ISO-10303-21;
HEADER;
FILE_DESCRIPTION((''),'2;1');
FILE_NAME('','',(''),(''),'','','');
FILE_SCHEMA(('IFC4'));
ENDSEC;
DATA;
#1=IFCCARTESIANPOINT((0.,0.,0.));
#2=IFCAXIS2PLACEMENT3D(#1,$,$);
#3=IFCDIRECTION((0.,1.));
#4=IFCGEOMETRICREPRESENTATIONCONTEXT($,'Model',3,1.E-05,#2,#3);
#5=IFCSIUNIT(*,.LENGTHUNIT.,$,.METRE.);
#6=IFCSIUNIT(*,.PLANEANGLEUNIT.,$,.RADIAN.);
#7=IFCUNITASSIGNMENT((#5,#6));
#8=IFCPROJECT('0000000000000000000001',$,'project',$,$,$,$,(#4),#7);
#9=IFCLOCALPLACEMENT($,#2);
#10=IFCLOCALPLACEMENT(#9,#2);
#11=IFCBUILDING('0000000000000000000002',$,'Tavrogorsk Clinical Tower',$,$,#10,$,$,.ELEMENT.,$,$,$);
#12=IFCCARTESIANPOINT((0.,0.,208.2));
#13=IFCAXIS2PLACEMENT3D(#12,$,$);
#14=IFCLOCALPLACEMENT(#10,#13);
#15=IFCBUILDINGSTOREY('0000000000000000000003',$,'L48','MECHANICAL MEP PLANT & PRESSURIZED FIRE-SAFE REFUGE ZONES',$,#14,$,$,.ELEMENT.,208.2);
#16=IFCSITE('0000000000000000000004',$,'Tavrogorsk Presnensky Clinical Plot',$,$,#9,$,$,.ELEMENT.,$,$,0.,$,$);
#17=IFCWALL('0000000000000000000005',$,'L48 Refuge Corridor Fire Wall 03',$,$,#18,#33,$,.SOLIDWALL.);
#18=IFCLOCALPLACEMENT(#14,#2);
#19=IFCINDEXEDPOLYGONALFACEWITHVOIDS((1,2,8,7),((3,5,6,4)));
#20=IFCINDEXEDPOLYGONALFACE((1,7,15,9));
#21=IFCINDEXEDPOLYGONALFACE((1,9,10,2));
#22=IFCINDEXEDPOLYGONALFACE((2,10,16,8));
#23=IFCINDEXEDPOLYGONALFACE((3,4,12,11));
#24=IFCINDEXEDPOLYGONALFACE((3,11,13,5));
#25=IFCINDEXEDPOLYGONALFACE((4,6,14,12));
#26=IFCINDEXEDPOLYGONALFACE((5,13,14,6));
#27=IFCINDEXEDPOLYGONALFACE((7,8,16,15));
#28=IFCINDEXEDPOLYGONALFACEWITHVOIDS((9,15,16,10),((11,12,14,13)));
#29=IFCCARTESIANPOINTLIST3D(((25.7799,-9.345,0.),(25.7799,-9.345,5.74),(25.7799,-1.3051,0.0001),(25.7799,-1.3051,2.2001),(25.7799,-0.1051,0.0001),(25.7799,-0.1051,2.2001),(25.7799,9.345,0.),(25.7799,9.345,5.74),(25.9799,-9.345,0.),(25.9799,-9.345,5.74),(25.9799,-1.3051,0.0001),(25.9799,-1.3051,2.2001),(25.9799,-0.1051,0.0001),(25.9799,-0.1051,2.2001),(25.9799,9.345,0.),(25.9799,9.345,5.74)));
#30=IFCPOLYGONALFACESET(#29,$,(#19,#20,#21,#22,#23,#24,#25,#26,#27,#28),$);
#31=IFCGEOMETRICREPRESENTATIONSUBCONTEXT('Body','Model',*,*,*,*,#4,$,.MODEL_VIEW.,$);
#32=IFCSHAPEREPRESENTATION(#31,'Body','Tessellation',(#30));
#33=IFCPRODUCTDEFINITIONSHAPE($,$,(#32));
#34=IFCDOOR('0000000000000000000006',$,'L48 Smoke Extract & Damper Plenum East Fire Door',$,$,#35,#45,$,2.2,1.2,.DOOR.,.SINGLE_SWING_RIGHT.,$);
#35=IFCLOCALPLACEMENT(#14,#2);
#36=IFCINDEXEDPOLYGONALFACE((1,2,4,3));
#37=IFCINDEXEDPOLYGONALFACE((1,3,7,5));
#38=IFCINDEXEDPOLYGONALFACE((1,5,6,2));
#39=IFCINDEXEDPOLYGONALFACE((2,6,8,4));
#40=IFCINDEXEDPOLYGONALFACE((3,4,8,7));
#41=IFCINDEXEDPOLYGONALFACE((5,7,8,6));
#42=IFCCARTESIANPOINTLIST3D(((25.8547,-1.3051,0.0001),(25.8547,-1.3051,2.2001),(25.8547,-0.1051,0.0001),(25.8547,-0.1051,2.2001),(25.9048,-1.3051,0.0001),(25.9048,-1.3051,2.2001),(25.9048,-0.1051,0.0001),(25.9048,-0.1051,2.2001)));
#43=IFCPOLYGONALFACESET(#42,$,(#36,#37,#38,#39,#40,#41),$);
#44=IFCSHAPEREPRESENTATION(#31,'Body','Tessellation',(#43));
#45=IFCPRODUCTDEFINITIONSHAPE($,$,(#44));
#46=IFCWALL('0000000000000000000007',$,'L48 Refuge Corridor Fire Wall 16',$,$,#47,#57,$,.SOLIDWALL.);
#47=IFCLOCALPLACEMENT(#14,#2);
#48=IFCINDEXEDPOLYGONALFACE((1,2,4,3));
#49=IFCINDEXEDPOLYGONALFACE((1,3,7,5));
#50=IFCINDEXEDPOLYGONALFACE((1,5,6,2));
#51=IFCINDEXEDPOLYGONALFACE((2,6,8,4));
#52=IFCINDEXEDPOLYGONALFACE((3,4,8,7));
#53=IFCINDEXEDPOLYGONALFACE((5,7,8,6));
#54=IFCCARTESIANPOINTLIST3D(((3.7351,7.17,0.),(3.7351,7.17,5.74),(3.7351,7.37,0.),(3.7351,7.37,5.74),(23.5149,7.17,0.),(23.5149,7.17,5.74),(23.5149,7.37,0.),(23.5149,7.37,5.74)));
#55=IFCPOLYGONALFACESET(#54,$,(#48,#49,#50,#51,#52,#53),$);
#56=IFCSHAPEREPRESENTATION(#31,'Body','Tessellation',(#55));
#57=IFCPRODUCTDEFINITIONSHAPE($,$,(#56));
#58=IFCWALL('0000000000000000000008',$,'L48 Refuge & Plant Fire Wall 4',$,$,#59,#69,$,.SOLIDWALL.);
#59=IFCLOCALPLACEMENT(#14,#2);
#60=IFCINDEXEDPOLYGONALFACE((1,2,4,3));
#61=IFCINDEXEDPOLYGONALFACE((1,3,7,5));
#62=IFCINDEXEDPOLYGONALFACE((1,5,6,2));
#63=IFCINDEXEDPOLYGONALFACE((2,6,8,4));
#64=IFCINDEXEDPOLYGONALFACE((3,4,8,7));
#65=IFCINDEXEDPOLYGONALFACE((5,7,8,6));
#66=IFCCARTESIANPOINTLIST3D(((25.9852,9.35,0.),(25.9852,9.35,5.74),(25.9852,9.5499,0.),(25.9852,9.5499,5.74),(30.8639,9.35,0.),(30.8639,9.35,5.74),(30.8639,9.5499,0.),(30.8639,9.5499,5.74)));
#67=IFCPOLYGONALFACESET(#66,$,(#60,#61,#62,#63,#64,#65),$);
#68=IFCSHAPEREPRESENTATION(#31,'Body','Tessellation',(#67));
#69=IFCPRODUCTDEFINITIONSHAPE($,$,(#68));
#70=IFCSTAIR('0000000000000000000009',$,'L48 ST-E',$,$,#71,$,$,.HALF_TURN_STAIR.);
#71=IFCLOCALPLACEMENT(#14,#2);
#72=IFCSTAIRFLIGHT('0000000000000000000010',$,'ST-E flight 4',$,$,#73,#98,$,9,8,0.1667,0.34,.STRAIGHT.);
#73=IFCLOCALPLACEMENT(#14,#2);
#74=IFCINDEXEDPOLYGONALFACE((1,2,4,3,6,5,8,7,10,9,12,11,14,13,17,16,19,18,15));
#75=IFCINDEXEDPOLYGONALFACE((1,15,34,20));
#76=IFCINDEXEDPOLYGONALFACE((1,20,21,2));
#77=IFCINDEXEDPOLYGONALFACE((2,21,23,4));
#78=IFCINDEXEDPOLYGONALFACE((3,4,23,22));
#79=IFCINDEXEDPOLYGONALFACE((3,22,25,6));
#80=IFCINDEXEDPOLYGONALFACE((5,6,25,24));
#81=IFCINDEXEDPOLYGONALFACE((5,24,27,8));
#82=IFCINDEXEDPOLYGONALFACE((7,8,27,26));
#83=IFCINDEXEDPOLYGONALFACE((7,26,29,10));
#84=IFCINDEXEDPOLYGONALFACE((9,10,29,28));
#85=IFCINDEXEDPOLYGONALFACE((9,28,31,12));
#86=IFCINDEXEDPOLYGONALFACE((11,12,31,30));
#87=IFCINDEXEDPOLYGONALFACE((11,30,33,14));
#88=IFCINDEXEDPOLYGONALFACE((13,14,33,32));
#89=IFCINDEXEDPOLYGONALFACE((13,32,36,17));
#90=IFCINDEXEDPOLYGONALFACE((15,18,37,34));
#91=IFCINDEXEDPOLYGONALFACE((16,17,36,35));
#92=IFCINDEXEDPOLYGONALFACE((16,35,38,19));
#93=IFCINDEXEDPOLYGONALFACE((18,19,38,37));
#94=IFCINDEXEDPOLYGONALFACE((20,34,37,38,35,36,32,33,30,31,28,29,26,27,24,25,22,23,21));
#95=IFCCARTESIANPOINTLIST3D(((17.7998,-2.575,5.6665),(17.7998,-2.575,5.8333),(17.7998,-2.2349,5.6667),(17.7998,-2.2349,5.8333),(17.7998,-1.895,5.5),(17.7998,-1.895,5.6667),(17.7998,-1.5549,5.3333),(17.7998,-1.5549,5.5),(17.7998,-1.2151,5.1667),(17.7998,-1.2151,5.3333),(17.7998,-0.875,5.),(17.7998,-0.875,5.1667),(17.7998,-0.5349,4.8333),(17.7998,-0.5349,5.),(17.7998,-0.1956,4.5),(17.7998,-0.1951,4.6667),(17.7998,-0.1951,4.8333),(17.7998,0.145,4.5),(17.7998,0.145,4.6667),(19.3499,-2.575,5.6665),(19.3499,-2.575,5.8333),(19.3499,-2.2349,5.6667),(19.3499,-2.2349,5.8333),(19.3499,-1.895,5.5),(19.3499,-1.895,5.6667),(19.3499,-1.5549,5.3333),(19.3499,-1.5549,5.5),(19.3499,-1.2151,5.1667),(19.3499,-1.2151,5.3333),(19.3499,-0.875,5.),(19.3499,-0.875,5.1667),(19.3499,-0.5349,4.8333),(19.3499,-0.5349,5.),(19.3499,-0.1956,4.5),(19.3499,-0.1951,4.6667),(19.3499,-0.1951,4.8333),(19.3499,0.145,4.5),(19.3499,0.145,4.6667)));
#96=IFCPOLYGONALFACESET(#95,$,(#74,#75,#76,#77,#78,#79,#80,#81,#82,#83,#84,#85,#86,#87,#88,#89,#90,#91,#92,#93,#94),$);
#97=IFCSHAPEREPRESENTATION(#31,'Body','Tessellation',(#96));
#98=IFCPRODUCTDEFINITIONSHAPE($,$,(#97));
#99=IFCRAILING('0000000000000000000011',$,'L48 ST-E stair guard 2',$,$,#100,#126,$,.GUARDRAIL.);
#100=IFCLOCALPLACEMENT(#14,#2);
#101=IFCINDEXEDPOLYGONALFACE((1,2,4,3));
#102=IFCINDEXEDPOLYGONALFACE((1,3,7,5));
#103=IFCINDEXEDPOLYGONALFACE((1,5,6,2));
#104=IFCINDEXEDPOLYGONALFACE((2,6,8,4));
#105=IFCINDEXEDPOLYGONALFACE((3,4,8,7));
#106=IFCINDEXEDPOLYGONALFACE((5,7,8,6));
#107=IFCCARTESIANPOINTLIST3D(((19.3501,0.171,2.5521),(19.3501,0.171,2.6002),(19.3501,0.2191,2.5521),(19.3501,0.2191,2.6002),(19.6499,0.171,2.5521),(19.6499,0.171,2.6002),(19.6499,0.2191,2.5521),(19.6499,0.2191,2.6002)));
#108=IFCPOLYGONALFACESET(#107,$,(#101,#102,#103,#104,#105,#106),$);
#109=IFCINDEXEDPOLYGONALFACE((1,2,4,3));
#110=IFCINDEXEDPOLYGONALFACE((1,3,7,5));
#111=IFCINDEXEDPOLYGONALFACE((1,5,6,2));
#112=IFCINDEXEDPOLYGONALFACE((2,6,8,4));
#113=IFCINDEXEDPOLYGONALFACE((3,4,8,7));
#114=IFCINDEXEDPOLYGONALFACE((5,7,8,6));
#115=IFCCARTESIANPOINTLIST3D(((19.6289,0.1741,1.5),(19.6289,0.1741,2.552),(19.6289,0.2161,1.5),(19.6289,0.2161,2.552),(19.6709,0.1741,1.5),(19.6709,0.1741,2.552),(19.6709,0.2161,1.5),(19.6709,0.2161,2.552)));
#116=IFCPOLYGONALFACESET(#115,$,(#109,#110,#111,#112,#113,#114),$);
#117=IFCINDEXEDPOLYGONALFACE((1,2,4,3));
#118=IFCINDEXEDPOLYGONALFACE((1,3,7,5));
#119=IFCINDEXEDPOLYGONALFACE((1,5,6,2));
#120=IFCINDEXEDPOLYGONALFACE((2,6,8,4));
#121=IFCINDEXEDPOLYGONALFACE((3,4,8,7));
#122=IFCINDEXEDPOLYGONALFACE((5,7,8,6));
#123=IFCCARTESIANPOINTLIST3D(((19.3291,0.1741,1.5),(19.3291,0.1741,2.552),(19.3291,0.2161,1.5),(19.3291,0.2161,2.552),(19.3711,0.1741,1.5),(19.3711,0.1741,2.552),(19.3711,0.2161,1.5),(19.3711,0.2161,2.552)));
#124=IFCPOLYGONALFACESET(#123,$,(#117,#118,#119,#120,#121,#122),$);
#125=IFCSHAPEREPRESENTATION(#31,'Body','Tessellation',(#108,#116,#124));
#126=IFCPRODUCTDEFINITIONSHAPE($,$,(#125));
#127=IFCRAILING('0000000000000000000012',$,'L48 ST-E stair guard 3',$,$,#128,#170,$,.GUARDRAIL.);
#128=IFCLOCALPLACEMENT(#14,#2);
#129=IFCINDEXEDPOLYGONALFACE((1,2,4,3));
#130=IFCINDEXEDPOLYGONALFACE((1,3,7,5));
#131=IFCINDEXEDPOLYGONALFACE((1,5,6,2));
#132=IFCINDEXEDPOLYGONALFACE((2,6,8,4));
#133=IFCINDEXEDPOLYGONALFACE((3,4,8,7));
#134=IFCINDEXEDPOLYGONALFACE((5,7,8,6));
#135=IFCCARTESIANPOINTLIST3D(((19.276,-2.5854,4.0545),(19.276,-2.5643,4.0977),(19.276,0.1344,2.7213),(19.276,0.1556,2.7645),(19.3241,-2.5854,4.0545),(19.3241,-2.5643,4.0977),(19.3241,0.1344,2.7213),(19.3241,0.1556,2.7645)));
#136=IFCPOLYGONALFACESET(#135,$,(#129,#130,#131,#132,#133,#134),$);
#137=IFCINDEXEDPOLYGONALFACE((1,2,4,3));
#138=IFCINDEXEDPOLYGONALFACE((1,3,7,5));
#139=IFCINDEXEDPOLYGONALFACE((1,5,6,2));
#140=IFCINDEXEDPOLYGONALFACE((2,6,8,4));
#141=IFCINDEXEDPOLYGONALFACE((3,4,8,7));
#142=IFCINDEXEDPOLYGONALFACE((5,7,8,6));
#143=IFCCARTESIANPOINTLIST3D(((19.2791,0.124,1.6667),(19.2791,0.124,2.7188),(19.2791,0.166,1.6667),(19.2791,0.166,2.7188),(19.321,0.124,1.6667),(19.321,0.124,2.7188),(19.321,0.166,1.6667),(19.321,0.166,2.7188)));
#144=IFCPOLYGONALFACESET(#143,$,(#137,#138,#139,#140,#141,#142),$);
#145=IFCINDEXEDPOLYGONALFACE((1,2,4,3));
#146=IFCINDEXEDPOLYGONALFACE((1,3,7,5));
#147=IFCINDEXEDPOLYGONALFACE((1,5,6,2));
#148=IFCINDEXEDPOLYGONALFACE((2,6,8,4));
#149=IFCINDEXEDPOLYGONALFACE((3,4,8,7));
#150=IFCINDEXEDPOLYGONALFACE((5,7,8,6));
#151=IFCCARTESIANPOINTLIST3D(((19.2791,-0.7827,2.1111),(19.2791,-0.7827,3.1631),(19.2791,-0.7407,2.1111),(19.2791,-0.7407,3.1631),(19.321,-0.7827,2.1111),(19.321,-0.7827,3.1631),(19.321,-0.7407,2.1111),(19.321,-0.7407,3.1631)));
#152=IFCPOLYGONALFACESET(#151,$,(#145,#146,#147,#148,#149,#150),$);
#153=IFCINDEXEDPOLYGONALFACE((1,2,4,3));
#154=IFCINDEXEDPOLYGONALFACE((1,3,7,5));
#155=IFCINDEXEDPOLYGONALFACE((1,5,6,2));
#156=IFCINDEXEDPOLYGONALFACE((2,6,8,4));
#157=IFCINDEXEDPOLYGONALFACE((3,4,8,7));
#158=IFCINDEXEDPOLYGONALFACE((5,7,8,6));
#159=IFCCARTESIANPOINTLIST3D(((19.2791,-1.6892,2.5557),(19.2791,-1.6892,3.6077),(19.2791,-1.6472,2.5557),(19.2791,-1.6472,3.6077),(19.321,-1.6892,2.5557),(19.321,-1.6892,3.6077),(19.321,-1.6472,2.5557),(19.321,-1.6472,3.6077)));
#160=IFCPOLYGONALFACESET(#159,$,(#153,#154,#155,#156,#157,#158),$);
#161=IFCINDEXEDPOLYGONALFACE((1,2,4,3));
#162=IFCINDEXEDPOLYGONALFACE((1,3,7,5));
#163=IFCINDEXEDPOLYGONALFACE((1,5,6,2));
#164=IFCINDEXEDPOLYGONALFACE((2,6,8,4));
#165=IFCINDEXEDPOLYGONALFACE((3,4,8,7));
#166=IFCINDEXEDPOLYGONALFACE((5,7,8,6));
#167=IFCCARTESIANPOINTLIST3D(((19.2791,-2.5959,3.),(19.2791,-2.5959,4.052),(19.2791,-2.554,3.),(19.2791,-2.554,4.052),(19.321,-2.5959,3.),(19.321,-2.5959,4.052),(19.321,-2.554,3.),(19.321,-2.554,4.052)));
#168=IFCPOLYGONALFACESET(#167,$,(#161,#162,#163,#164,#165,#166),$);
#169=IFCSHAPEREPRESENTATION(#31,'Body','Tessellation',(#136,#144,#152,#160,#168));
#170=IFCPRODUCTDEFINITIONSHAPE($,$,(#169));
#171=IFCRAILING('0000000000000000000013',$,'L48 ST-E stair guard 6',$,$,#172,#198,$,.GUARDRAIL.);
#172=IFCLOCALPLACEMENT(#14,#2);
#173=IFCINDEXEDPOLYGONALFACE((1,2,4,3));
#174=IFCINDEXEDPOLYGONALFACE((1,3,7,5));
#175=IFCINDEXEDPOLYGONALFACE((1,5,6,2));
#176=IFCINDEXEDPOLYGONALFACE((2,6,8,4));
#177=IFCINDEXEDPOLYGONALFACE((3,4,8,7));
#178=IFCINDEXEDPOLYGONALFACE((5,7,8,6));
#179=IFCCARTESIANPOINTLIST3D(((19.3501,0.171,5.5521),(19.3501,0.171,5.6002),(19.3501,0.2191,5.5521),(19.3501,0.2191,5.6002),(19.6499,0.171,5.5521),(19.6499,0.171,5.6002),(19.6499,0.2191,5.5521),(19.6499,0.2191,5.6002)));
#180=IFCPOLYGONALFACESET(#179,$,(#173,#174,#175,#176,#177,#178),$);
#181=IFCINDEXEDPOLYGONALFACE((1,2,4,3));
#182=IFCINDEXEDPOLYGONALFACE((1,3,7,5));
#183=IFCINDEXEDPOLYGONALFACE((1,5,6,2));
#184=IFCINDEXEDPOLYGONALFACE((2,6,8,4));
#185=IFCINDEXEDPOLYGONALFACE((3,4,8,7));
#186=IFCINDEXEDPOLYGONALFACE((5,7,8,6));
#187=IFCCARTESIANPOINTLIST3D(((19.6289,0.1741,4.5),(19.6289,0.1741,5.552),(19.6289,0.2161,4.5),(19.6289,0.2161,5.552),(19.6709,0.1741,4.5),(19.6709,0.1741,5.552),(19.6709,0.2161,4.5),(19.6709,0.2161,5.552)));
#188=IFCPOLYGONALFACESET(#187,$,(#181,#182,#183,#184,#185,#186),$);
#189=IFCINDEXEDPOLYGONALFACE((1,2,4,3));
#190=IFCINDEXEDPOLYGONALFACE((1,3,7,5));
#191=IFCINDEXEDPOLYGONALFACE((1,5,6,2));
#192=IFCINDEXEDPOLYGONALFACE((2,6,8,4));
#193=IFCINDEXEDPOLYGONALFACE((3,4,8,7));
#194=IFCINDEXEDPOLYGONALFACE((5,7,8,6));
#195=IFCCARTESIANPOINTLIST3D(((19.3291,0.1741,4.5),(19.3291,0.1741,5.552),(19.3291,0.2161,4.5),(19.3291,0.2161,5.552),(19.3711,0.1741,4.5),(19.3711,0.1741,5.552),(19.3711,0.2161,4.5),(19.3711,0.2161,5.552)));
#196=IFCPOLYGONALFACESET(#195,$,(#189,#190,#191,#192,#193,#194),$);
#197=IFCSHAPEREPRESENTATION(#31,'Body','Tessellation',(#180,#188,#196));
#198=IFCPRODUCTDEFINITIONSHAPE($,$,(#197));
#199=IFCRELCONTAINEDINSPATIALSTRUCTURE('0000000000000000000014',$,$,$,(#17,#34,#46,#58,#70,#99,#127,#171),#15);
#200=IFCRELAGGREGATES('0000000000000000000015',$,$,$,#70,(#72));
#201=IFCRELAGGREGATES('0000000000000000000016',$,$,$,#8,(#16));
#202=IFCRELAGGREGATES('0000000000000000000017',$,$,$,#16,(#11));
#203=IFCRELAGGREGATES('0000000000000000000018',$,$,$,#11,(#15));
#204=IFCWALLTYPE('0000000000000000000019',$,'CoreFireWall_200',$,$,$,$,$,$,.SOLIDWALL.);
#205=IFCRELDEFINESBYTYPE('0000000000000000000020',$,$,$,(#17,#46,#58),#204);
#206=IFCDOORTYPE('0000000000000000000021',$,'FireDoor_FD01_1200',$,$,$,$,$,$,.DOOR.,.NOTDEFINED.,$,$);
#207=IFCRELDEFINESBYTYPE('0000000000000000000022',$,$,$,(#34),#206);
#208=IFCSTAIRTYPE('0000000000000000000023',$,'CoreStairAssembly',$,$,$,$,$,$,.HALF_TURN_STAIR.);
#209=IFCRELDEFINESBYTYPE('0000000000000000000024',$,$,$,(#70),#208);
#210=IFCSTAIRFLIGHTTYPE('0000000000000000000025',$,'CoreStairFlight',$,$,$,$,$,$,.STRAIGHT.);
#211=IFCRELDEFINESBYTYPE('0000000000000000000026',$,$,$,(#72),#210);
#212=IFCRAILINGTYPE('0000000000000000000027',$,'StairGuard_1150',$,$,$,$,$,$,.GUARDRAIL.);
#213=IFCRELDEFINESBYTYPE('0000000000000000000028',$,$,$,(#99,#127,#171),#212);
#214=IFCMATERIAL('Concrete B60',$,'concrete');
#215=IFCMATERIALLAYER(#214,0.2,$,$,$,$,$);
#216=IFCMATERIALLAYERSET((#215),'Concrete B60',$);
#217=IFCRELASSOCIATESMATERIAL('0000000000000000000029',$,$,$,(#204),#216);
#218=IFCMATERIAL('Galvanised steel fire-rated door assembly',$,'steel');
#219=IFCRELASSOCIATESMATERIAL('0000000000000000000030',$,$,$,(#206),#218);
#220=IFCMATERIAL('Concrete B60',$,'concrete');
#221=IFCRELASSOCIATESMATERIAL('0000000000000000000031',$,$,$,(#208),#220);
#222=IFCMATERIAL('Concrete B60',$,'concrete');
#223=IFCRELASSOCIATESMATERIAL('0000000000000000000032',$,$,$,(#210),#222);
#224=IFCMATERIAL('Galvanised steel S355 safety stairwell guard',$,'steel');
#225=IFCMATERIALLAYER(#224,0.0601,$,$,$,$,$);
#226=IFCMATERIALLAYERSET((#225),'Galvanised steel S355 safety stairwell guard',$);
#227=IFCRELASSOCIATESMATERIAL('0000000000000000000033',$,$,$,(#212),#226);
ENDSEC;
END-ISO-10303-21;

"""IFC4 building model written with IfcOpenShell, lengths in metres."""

from ifc_helpers import new_model, si_unit, direction, frame, frame_2d, origin, origin_2d, place, context, subcontext, project, spatial, polyline, rectangle, outline, extrude, material, layer, layer_set, type_object, element, fill, aggregate, save


model = new_model("IFC4")

# Units and contexts
model_context = context("Model", 3, precision=1e-05, world=origin(), true_north=direction((0.0, 1.0)))
body_context = subcontext(model_context, "Body", "Model", "MODEL_VIEW")
ifc_project = project(units=[si_unit("LENGTHUNIT", "METRE"), si_unit("PLANEANGLEUNIT", "RADIAN")], contexts=[model_context])

# Site, building, storey
site_placement = place(None, origin())
site = spatial("IfcSite", under=ifc_project, at=site_placement, Name="Tavrogorsk Presnensky Clinical Plot", CompositionType="ELEMENT", RefElevation=0.0)
building_placement = place(site_placement, origin())
building = spatial("IfcBuilding", under=site, at=building_placement, Name="Tavrogorsk Clinical Tower", CompositionType="ELEMENT")
storey_placement = place(building_placement, frame((0.0, 0.0, 208.2)))
storey = spatial("IfcBuildingStorey", under=building, at=storey_placement, Name="L48", Description="MECHANICAL MEP PLANT & PRESSURIZED FIRE-SAFE REFUGE ZONES", CompositionType="ELEMENT", Elevation=208.2)

# Wall, opening, door
ifc_material_1 = material(Name="Concrete B60", Category="concrete")
ifc_layer_1 = layer(ifc_material_1, 0.2)
ifc_layer_set_1 = layer_set([ifc_layer_1], Name="Concrete B60")
wall_type = type_object("IfcWallType", Name="CoreFireWall_200", PredefinedType="SOLIDWALL", material=ifc_layer_set_1)
wall_1_placement = place(storey_placement, frame((25.8799, 9.345, 0.0), z_axis=(0.0, 0.0, 1.0), x_axis=(0.0, -1.0, 0.0)))
wall_1 = element("IfcWall", 1, at=wall_1_placement, inside=storey, type_object=wall_type, Name="L48 Refuge Corridor Fire Wall 03", PredefinedType="SOLIDWALL", context=body_context, shape_type="SweptSolid", body=[
    extrude(rectangle(XDim=18.6899, YDim=0.2, at=frame_2d((9.345, 0.0))), origin(), (0.0, 0.0, 1.0), 5.74),
])
opening_placement = place(wall_1_placement, frame((9.45, 0.0, 0.0)))
opening = element("IfcOpeningElement", 2, at=opening_placement, cuts=wall_1, PredefinedType="OPENING", context=body_context, shape_type="SweptSolid", body=[
    extrude(rectangle(XDim=1.2, YDim=2.2, at=frame_2d((0.6001, 1.1001))), frame((0.0, 0.1099, 0.0), z_axis=(0.0, -1.0, 0.0), x_axis=(1.0, 0.0, 0.0)), (0.0, 0.0, 1.0), 0.22),
])
ifc_material_2 = material(Name="Galvanised steel fire-rated door assembly", Category="steel")
door_type = type_object("IfcDoorType", Name="FireDoor_FD01_1200", OperationType="NOTDEFINED", PredefinedType="DOOR", material=ifc_material_2)
door_placement = place(opening_placement, origin())
door = element("IfcDoor", 3, at=door_placement, inside=storey, type_object=door_type, Name="L48 Smoke Extract & Damper Plenum East Fire Door", OperationType="SINGLE_SWING_RIGHT", OverallHeight=2.2, OverallWidth=1.2, PredefinedType="DOOR", context=body_context, shape_type="SweptSolid", body=[
    extrude(rectangle(XDim=1.2, YDim=2.2, at=frame_2d((0.6001, 1.1001))), frame((0.0, 0.0249, 0.0), z_axis=(0.0, -1.0, 0.0), x_axis=(1.0, 0.0, 0.0)), (0.0, 0.0, 1.0), 0.05),
])
fill(opening, door)

# Walls
wall_2_placement = place(storey_placement, frame((23.5149, 7.27, 0.0), z_axis=(0.0, 0.0, 1.0), x_axis=(-1.0, 0.0, 0.0)))
element("IfcWall", 4, at=wall_2_placement, inside=storey, type_object=wall_type, Name="L48 Refuge Corridor Fire Wall 16", PredefinedType="SOLIDWALL", context=body_context, shape_type="SweptSolid", body=[
    extrude(rectangle(XDim=19.7798, YDim=0.2, at=frame_2d((9.8899, 0.0))), origin(), (0.0, 0.0, 1.0), 5.74),
])
wall_3_placement = place(storey_placement, frame((25.9851, 9.45, 0.0), z_axis=(0.0, 0.0, 1.0), x_axis=(1.0, 0.0, 0.0)))
element("IfcWall", 5, at=wall_3_placement, inside=storey, type_object=wall_type, Name="L48 Refuge & Plant Fire Wall 4", PredefinedType="SOLIDWALL", context=body_context, shape_type="SweptSolid", body=[
    extrude(rectangle(XDim=4.8787, YDim=0.2, at=frame_2d((2.4395, 0.0))), origin(), (0.0, 0.0, 1.0), 5.74),
])

# Stair, stair flight
ifc_material_3 = material(Name="Concrete B60", Category="concrete")
stair_type = type_object("IfcStairType", Name="CoreStairAssembly", PredefinedType="HALF_TURN_STAIR", material=ifc_material_3)
stair_placement = place(storey_placement, origin())
stair = element("IfcStair", 6, at=stair_placement, inside=storey, type_object=stair_type, Name="L48 ST-E", PredefinedType="HALF_TURN_STAIR")
ifc_material_4 = material(Name="Concrete B60", Category="concrete")
stair_flight_type = type_object("IfcStairFlightType", Name="CoreStairFlight", PredefinedType="STRAIGHT", material=ifc_material_4)
stair_flight_placement = place(storey_placement, frame((18.575, 0.145, 4.5), z_axis=(0.0, 0.0, 1.0), x_axis=(0.0, -1.0, 0.0)))
stair_flight = element("IfcStairFlight", 7, at=stair_flight_placement, type_object=stair_flight_type, Name="ST-E flight 4", NumberOfRisers=9, NumberOfTreads=8, PredefinedType="STRAIGHT", RiserHeight=0.1667, TreadLength=0.34, context=body_context, shape_type="SweptSolid", body=[
    extrude(outline(polyline([(0.0, 0.0), (0.0, 0.1667), (0.3401, 0.1667), (0.3401, 0.3333), (0.6799, 0.3333), (0.6799, 0.5), (1.02, 0.5), (1.02, 0.6667), (1.3601, 0.6667), (1.3601, 0.8333), (1.7, 0.8333), (1.7, 1.0), (2.04, 1.0), (2.04, 1.1667), (2.3799, 1.1667), (2.3799, 1.3333), (2.72, 1.3333), (2.72, 1.5), (2.72, 1.1665), (0.3406, 0.0), (0.0, 0.0)])), frame((0.0, 0.7749, 0.0), z_axis=(0.0, -1.0, 0.0), x_axis=(1.0, 0.0, 0.0)), (0.0, 0.0, 1.0), 1.55),
])
aggregate(stair, [stair_flight])

# Railings
ifc_material_5 = material(Name="Galvanised steel S355 safety stairwell guard", Category="steel")
ifc_layer_2 = layer(ifc_material_5, 0.0601)
ifc_layer_set_2 = layer_set([ifc_layer_2], Name="Galvanised steel S355 safety stairwell guard")
railing_type = type_object("IfcRailingType", Name="StairGuard_1150", PredefinedType="GUARDRAIL", material=ifc_layer_set_2)
railing_1_placement = place(storey_placement, frame((19.6499, 0.1951, 1.5)))
element("IfcRailing", 8, at=railing_1_placement, inside=storey, type_object=railing_type, Name="L48 ST-E stair guard 2", PredefinedType="GUARDRAIL", context=body_context, shape_type="SweptSolid", body=[
    extrude(rectangle(XDim=0.0481, YDim=0.0481, at=origin_2d()), frame((0.0, 0.0, 1.0762), z_axis=(-1.0, 0.0, 0.0), x_axis=(0.0, -1.0, 0.0)), (0.0, 0.0, 1.0), 0.2998),
    extrude(rectangle(XDim=0.042, YDim=0.042, at=origin_2d()), origin(), (0.0, 0.0, 1.0), 1.052),
    extrude(rectangle(XDim=0.042, YDim=0.042, at=origin_2d()), frame((-0.2998, 0.0, 0.0)), (0.0, 0.0, 1.0), 1.052),
])
railing_2_placement = place(storey_placement, frame((19.3, 0.145, 1.6667)))
element("IfcRailing", 9, at=railing_2_placement, inside=storey, type_object=railing_type, Name="L48 ST-E stair guard 3", PredefinedType="GUARDRAIL", context=body_context, shape_type="SweptSolid", body=[
    extrude(rectangle(XDim=0.0481, YDim=0.0481, at=origin_2d()), frame((0.0, 0.0, 1.0762), z_axis=(0.0, -0.897929, 0.440139), x_axis=(1.0, 0.0, 0.0)), (0.0, 0.0, 1.0), 3.0291),
    extrude(rectangle(XDim=0.042, YDim=0.042, at=origin_2d()), origin(), (0.0, 0.0, 1.0), 1.052),
    extrude(rectangle(XDim=0.042, YDim=0.042, at=origin_2d()), frame((0.0, -0.9067, 0.4443)), (0.0, 0.0, 1.0), 1.052),
    extrude(rectangle(XDim=0.042, YDim=0.042, at=origin_2d()), frame((0.0, -1.8132, 0.8889)), (0.0, 0.0, 1.0), 1.052),
    extrude(rectangle(XDim=0.042, YDim=0.042, at=origin_2d()), frame((0.0, -2.72, 1.3333)), (0.0, 0.0, 1.0), 1.052),
])
railing_3_placement = place(storey_placement, frame((19.6499, 0.1951, 4.5)))
element("IfcRailing", 10, at=railing_3_placement, inside=storey, type_object=railing_type, Name="L48 ST-E stair guard 6", PredefinedType="GUARDRAIL", context=body_context, shape_type="SweptSolid", body=[
    extrude(rectangle(XDim=0.0481, YDim=0.0481, at=origin_2d()), frame((0.0, 0.0, 1.0762), z_axis=(-1.0, 0.0, 0.0), x_axis=(0.0, -1.0, 0.0)), (0.0, 0.0, 1.0), 0.2998),
    extrude(rectangle(XDim=0.042, YDim=0.042, at=origin_2d()), origin(), (0.0, 0.0, 1.0), 1.052),
    extrude(rectangle(XDim=0.042, YDim=0.042, at=origin_2d()), frame((-0.2998, 0.0, 0.0)), (0.0, 0.0, 1.0), 1.052),
])

save(model, "model.ifc")
